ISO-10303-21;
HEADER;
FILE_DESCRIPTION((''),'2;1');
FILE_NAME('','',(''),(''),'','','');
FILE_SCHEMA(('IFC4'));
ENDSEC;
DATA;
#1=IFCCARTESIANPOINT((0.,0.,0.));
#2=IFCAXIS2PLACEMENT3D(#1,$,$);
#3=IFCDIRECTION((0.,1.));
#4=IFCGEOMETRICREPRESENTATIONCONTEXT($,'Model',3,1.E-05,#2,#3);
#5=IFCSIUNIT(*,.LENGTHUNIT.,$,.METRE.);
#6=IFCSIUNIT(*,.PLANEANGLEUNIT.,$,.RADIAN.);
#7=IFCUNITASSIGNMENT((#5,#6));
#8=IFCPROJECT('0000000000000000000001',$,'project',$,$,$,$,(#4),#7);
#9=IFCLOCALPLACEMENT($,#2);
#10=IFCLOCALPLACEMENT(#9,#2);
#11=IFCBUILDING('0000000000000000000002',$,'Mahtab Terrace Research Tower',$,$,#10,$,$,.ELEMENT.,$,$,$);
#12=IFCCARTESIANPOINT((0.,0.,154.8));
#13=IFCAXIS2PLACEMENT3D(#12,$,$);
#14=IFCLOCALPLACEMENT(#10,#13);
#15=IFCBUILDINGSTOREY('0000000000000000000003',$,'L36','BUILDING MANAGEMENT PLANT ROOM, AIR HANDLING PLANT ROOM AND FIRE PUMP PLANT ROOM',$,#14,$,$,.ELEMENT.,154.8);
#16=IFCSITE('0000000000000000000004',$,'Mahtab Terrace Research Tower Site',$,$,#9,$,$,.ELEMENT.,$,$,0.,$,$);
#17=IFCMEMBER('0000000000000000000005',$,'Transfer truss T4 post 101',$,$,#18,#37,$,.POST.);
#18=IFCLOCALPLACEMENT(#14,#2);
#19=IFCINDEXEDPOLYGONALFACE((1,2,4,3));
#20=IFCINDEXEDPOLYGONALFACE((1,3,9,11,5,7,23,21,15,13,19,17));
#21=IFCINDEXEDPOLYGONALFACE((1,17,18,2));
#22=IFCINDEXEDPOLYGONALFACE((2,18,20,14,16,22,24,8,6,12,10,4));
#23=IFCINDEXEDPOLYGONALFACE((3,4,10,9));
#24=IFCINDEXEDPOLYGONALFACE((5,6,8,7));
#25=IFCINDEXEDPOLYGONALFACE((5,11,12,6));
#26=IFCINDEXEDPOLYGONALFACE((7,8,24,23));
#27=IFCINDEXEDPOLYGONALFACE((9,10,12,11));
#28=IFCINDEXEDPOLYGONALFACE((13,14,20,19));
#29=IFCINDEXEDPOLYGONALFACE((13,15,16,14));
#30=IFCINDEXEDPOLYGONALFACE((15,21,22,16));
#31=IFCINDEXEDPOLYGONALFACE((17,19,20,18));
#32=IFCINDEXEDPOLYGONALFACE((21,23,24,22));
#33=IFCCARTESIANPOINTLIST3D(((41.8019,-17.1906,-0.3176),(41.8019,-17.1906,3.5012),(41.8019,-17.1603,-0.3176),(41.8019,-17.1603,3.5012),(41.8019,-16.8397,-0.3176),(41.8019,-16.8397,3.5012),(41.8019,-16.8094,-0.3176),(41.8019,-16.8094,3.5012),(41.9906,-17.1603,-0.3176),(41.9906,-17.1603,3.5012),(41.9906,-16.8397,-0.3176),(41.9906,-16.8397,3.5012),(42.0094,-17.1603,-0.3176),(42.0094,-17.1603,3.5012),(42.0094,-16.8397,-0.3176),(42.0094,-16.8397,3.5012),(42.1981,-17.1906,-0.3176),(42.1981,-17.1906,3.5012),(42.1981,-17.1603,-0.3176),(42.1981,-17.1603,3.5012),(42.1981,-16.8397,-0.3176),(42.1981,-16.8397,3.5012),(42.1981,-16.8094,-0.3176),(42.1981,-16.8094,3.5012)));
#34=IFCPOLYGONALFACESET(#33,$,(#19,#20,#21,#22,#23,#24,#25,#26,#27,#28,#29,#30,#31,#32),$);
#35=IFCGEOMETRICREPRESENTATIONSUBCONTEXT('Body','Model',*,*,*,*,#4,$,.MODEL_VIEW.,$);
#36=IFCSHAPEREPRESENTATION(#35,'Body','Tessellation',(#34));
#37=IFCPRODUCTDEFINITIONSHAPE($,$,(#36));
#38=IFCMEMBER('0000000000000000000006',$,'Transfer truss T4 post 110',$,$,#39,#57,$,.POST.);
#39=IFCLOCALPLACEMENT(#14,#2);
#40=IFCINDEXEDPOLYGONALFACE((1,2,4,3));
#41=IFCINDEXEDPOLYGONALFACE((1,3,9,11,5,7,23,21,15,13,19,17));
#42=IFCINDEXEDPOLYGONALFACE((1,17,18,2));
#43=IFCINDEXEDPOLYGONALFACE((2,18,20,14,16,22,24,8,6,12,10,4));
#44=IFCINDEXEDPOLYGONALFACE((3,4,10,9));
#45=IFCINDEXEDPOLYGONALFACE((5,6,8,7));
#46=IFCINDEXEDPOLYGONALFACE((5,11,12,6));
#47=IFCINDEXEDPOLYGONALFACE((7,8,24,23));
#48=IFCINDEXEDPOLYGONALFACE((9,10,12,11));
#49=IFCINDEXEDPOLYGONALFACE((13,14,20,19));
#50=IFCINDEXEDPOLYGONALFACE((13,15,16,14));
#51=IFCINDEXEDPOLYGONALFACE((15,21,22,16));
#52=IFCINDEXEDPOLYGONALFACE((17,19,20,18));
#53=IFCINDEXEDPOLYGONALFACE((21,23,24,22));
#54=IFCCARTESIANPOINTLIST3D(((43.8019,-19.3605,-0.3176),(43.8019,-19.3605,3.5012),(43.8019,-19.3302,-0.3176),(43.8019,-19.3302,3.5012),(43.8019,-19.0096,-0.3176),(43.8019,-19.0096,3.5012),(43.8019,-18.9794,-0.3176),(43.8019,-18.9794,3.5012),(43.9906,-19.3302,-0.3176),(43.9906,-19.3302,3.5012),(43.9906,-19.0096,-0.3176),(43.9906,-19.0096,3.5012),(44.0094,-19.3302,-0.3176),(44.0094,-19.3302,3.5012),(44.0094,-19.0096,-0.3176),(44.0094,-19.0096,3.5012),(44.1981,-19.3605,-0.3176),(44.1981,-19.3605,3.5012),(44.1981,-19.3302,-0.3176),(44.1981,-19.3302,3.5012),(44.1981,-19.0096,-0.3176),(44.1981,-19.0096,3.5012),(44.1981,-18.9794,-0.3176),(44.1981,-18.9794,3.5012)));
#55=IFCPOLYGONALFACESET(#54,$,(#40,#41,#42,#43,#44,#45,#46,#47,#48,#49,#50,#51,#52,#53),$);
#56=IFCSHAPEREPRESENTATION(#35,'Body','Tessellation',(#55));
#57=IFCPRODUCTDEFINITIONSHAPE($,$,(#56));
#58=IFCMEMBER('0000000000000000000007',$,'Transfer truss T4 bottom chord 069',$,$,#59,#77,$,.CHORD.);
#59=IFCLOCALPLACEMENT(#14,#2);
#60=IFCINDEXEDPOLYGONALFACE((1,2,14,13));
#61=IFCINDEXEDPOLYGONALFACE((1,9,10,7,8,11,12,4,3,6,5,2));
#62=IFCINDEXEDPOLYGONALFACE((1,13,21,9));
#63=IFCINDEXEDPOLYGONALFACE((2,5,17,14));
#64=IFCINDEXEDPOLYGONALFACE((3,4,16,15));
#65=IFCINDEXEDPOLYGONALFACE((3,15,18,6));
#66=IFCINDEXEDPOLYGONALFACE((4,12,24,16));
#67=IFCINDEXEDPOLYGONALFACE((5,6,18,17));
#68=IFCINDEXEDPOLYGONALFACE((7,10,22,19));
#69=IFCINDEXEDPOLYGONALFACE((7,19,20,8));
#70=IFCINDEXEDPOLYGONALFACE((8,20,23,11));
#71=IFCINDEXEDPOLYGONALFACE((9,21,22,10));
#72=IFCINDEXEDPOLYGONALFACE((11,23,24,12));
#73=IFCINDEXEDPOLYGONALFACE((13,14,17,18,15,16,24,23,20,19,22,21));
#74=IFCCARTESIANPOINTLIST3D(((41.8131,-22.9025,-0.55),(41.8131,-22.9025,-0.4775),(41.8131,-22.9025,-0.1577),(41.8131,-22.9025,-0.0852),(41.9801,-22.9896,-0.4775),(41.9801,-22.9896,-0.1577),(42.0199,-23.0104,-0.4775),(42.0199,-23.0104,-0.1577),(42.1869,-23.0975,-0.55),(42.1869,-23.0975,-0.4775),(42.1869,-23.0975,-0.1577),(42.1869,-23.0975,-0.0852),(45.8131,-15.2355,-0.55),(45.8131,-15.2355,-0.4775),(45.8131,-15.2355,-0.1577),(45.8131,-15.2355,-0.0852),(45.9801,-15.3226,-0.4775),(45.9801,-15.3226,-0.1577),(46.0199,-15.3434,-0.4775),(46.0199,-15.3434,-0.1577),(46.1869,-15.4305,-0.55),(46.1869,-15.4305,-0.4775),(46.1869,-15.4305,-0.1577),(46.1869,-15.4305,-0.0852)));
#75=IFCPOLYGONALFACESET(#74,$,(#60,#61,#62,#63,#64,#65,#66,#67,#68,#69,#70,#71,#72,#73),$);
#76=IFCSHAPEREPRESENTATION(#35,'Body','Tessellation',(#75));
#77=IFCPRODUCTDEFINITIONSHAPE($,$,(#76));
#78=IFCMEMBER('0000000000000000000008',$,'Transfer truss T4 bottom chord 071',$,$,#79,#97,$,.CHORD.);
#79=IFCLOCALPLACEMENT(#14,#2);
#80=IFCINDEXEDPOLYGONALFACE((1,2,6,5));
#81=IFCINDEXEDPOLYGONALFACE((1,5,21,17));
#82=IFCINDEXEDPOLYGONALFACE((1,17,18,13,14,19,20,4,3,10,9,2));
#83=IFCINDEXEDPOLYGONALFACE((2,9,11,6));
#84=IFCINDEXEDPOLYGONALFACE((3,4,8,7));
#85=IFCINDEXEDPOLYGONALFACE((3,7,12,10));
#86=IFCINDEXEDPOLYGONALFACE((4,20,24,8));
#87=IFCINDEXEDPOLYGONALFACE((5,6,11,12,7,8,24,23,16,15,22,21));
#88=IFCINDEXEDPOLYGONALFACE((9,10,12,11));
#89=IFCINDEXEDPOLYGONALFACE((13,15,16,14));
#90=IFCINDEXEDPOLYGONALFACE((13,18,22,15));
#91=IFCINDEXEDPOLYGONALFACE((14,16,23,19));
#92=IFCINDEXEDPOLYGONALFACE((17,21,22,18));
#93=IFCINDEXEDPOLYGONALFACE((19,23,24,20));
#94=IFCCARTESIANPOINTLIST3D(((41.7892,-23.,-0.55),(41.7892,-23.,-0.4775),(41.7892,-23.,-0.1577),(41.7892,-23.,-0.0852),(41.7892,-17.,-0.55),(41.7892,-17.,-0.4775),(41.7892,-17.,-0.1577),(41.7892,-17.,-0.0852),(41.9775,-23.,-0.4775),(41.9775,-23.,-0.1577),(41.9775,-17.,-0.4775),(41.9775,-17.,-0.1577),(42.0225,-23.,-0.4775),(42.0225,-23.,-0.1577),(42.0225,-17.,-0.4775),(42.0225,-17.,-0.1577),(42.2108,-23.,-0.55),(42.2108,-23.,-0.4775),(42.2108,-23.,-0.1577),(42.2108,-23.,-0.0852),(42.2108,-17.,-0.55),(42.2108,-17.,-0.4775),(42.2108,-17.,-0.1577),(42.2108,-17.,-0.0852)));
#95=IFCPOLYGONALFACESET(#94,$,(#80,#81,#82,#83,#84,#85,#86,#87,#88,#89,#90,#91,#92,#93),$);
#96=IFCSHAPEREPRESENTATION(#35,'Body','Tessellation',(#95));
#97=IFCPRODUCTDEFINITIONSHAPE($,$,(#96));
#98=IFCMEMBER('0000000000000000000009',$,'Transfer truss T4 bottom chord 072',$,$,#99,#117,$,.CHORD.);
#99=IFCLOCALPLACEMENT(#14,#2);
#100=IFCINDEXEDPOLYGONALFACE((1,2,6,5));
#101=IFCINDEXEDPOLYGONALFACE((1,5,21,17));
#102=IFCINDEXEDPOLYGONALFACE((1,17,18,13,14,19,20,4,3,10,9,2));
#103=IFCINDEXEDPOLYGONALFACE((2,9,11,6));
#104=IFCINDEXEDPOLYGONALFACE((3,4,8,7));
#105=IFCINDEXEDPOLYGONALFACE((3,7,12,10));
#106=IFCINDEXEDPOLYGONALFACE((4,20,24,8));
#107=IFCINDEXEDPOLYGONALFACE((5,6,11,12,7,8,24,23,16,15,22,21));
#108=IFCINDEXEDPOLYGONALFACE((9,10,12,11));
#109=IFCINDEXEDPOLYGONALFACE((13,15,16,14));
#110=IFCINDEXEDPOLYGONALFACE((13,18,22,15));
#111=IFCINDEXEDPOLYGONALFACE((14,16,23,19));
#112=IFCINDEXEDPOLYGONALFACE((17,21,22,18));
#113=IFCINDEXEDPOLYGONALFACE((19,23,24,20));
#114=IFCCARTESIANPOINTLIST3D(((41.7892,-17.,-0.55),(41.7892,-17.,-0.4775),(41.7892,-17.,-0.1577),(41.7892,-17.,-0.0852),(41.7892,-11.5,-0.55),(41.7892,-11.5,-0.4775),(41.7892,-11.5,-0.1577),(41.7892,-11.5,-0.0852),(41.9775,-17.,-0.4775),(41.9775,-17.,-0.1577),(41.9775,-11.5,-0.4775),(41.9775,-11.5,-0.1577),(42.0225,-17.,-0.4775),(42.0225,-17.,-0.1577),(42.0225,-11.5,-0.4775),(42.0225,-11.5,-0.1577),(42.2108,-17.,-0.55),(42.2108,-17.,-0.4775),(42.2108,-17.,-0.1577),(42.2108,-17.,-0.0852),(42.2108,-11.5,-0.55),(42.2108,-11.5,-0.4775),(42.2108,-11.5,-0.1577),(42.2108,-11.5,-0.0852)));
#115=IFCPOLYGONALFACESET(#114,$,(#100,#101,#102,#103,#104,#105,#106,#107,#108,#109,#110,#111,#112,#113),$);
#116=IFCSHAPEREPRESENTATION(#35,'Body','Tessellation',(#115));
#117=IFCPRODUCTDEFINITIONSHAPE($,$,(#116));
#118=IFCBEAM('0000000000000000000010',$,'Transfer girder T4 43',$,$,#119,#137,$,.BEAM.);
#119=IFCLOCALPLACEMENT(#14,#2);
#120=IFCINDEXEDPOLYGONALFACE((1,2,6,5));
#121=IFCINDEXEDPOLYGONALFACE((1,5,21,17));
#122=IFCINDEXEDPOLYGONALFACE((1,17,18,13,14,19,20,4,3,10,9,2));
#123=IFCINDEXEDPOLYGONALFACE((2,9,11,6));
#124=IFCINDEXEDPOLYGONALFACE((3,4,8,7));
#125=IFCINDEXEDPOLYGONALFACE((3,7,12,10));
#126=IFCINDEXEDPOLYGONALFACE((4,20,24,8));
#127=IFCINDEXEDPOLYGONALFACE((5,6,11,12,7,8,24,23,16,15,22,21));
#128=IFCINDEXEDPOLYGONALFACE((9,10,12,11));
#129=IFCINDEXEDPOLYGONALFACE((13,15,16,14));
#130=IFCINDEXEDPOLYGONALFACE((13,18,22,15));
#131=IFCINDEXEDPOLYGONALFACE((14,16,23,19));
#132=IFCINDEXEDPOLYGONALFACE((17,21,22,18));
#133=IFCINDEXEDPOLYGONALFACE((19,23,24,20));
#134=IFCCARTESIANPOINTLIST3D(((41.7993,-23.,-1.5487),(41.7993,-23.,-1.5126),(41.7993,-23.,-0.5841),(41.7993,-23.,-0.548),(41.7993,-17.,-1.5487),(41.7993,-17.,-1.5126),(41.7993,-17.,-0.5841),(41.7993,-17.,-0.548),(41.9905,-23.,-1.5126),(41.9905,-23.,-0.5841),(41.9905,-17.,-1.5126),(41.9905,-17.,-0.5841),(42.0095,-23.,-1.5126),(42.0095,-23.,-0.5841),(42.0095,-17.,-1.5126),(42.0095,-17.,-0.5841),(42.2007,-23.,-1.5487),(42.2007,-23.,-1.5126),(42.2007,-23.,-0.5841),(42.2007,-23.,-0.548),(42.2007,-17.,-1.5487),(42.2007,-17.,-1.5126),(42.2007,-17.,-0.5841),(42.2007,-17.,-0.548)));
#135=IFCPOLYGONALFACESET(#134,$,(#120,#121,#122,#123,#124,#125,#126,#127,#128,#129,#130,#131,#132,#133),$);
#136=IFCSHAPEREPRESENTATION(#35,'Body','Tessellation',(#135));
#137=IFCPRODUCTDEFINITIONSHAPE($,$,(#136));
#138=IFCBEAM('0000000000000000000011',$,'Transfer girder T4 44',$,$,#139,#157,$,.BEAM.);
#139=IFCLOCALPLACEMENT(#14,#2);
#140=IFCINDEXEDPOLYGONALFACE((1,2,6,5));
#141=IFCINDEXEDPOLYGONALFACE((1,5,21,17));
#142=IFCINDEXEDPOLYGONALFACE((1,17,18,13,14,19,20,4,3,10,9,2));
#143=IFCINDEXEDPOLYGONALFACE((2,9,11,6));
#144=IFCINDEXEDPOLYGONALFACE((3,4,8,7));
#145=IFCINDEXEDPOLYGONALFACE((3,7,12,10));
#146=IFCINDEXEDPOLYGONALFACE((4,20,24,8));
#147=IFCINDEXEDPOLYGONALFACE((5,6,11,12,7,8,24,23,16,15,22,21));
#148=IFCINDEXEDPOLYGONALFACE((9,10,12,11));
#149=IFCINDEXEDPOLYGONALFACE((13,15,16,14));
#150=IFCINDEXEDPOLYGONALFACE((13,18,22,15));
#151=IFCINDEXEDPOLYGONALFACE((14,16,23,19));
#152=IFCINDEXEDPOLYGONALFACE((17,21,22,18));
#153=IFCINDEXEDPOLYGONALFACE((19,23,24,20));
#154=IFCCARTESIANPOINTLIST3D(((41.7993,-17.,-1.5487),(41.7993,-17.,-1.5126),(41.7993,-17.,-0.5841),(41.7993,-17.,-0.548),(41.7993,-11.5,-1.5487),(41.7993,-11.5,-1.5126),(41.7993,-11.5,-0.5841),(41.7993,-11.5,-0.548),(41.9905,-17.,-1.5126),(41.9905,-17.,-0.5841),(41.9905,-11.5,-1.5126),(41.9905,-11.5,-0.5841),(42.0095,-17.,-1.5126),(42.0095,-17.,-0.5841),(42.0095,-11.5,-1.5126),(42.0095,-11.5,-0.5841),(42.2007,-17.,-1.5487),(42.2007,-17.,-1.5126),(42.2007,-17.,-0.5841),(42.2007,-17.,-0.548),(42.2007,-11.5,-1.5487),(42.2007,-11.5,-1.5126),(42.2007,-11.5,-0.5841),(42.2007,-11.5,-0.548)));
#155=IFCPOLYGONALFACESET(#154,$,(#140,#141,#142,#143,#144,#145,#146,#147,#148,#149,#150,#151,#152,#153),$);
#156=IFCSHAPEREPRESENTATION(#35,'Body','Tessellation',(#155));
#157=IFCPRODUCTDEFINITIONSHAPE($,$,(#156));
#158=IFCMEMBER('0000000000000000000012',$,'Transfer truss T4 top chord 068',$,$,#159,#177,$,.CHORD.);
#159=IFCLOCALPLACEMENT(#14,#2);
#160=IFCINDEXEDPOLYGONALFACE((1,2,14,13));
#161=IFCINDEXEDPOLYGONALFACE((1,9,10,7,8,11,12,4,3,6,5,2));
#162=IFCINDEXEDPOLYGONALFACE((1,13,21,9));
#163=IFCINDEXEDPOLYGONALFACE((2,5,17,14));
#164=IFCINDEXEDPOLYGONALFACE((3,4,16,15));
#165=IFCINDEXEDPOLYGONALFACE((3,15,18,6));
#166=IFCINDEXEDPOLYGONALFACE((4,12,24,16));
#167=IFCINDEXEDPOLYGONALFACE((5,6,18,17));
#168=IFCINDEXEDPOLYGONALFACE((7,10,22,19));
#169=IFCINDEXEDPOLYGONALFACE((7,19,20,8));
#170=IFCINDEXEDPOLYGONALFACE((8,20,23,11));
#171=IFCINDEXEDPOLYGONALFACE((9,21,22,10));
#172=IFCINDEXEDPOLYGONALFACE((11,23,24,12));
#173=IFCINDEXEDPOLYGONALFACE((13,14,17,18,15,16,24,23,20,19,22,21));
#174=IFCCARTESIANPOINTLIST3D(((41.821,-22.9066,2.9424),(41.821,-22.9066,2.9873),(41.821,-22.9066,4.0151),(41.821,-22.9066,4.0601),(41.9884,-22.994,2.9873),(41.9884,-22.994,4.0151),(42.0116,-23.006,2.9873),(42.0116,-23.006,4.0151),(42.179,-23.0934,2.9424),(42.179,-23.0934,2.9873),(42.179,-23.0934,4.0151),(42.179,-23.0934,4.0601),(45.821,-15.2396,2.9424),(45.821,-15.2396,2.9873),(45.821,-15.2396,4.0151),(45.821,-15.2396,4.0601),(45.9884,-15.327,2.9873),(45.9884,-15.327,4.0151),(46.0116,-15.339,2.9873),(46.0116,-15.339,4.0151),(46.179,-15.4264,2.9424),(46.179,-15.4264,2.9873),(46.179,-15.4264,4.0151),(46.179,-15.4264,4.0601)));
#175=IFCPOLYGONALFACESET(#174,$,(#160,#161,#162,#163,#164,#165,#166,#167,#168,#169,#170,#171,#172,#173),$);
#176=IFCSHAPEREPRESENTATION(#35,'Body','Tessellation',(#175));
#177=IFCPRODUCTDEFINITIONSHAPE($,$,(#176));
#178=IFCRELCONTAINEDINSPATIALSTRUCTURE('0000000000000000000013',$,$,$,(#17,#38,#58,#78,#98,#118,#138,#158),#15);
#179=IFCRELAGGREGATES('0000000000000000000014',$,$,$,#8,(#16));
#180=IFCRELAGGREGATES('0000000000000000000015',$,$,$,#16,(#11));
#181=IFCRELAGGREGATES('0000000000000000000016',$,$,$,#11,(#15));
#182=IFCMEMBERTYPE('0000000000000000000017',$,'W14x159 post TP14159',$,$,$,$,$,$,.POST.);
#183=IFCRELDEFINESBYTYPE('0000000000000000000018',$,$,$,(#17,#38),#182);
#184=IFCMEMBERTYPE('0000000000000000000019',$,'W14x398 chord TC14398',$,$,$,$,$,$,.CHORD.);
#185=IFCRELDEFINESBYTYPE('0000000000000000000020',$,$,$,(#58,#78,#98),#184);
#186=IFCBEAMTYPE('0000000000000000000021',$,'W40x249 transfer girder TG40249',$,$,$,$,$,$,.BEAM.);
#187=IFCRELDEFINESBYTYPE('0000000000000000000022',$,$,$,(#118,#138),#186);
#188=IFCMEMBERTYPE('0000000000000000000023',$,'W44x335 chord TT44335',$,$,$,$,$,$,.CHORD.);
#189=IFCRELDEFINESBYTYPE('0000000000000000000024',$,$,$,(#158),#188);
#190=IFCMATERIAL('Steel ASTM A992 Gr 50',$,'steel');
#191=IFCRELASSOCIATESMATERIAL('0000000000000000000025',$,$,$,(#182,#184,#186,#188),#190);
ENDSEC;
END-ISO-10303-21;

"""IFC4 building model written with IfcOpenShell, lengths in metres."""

from ifc_helpers import new_model, si_unit, direction, frame, origin, origin_2d, place, context, subcontext, project, spatial, i_section, extrude, material, material_profile, profile_set, type_object, element, save


model = new_model("IFC4")

# Units and contexts
model_context = context("Model", 3, precision=1e-05, world=origin(), true_north=direction((0.0, 1.0)))
body_context = subcontext(model_context, "Body", "Model", "MODEL_VIEW")
ifc_project = project(units=[si_unit("LENGTHUNIT", "METRE"), si_unit("PLANEANGLEUNIT", "RADIAN")], contexts=[model_context])

# Site, building, storey
site_placement = place(None, origin())
site = spatial("IfcSite", under=ifc_project, at=site_placement, Name="Mahtab Terrace Research Tower Site", CompositionType="ELEMENT", RefElevation=0.0)
building_placement = place(site_placement, origin())
building = spatial("IfcBuilding", under=site, at=building_placement, Name="Mahtab Terrace Research Tower", CompositionType="ELEMENT")
storey_placement = place(building_placement, frame((0.0, 0.0, 154.8)))
storey = spatial("IfcBuildingStorey", under=building, at=storey_placement, Name="L36", Description="BUILDING MANAGEMENT PLANT ROOM, AIR HANDLING PLANT ROOM AND FIRE PUMP PLANT ROOM", CompositionType="ELEMENT", Elevation=154.8)

# Members
ifc_material_1 = material(Name="Steel ASTM A992 Gr 50", Category="steel")
ifc_material_profile_1 = material_profile(ifc_material_1, i_section(OverallWidth=0.3962, OverallDepth=0.3811, WebThickness=0.0188, FlangeThickness=0.0303, at=origin_2d()), Name="W14X159")
ifc_profile_set_1 = profile_set([ifc_material_profile_1], Name="Steel ASTM A992 Gr 50")
member_type_1 = type_object("IfcMemberType", Name="W14x159 post TP14159", PredefinedType="POST", material=ifc_profile_set_1)
for number, where, z_axis, x_axis, name in (
    (1, (42.0, -17.0, -0.3176), (0.0, 0.0, 1.0), (1.0, 0.0, 0.0), "Transfer truss T4 post 101"),
    (2, (44.0, -19.1699, -0.3176), (0.0, 0.0, 1.0), (1.0, 0.0, 0.0), "Transfer truss T4 post 110"),
):
    element("IfcMember", number, at=place(storey_placement, frame(where, z_axis=z_axis, x_axis=x_axis)), inside=storey, type_object=member_type_1, Name=name, PredefinedType="POST", context=body_context, shape_type="SweptSolid", body=[
        extrude(i_section(OverallWidth=0.3962, OverallDepth=0.3811, WebThickness=0.0188, FlangeThickness=0.0303, at=origin_2d()), origin(), (0.0, 0.0, 1.0), 3.8188),
    ])
ifc_material_profile_2 = material_profile(ifc_material_1, i_section(OverallWidth=0.4216, OverallDepth=0.4648, WebThickness=0.0449, FlangeThickness=0.0725, at=origin_2d()), Name="W14X398")
ifc_profile_set_2 = profile_set([ifc_material_profile_2], Name="Steel ASTM A992 Gr 50")
member_type_2 = type_object("IfcMemberType", Name="W14x398 chord TC14398", PredefinedType="CHORD", material=ifc_profile_set_2)
member_1_placement = place(storey_placement, frame((42.0, -23.0, -0.3176), z_axis=(0.462551, 0.886593, 0.0), x_axis=(-0.886593, 0.462551, 0.0)))
element("IfcMember", 3, at=member_1_placement, inside=storey, type_object=member_type_2, Name="Transfer truss T4 bottom chord 069", PredefinedType="CHORD", context=body_context, shape_type="SweptSolid", body=[
    extrude(i_section(OverallWidth=0.4216, OverallDepth=0.4648, WebThickness=0.0449, FlangeThickness=0.0725, at=origin_2d()), origin(), (0.0, 0.0, 1.0), 8.6477),
])
member_2_placement = place(storey_placement, frame((42.0, -23.0, -0.3176), z_axis=(0.0, 1.0, 0.0), x_axis=(-1.0, 0.0, 0.0)))
element("IfcMember", 4, at=member_2_placement, inside=storey, type_object=member_type_2, Name="Transfer truss T4 bottom chord 071", PredefinedType="CHORD", context=body_context, shape_type="SweptSolid", body=[
    extrude(i_section(OverallWidth=0.4216, OverallDepth=0.4648, WebThickness=0.0449, FlangeThickness=0.0725, at=origin_2d()), origin(), (0.0, 0.0, 1.0), 6.0),
])
member_3_placement = place(storey_placement, frame((42.0, -17.0, -0.3176), z_axis=(0.0, 1.0, 0.0), x_axis=(-1.0, 0.0, 0.0)))
element("IfcMember", 5, at=member_3_placement, inside=storey, type_object=member_type_2, Name="Transfer truss T4 bottom chord 072", PredefinedType="CHORD", context=body_context, shape_type="SweptSolid", body=[
    extrude(i_section(OverallWidth=0.4216, OverallDepth=0.4648, WebThickness=0.0449, FlangeThickness=0.0725, at=origin_2d()), origin(), (0.0, 0.0, 1.0), 5.5),
])

# Beams
ifc_material_profile_3 = material_profile(ifc_material_1, i_section(OverallWidth=0.4014, OverallDepth=1.0007, WebThickness=0.019, FlangeThickness=0.0361, at=origin_2d()), Name="W40X249")
ifc_profile_set_3 = profile_set([ifc_material_profile_3], Name="Steel ASTM A992 Gr 50")
beam_type = type_object("IfcBeamType", Name="W40x249 transfer girder TG40249", PredefinedType="BEAM", material=ifc_profile_set_3)
beam_1_placement = place(storey_placement, frame((42.0, -23.0, -1.0483), z_axis=(0.0, 1.0, 0.0), x_axis=(-1.0, 0.0, 0.0)))
element("IfcBeam", 6, at=beam_1_placement, inside=storey, type_object=beam_type, Name="Transfer girder T4 43", PredefinedType="BEAM", context=body_context, shape_type="SweptSolid", body=[
    extrude(i_section(OverallWidth=0.4014, OverallDepth=1.0007, WebThickness=0.019, FlangeThickness=0.0361, at=origin_2d()), origin(), (0.0, 0.0, 1.0), 6.0),
])
beam_2_placement = place(storey_placement, frame((42.0, -17.0, -1.0483), z_axis=(0.0, 1.0, 0.0), x_axis=(-1.0, 0.0, 0.0)))
element("IfcBeam", 7, at=beam_2_placement, inside=storey, type_object=beam_type, Name="Transfer girder T4 44", PredefinedType="BEAM", context=body_context, shape_type="SweptSolid", body=[
    extrude(i_section(OverallWidth=0.4014, OverallDepth=1.0007, WebThickness=0.019, FlangeThickness=0.0361, at=origin_2d()), origin(), (0.0, 0.0, 1.0), 5.5),
])

# Member
ifc_material_profile_4 = material_profile(ifc_material_1, i_section(OverallWidth=0.4038, OverallDepth=1.1177, WebThickness=0.0261, FlangeThickness=0.0449, at=origin_2d()), Name="W44X335")
ifc_profile_set_4 = profile_set([ifc_material_profile_4], Name="Steel ASTM A992 Gr 50")
member_type_3 = type_object("IfcMemberType", Name="W44x335 chord TT44335", PredefinedType="CHORD", material=ifc_profile_set_4)
member_4_placement = place(storey_placement, frame((42.0, -23.0, 3.5012), z_axis=(0.462551, 0.886593, 0.0), x_axis=(-0.886593, 0.462551, 0.0)))
element("IfcMember", 8, at=member_4_placement, inside=storey, type_object=member_type_3, Name="Transfer truss T4 top chord 068", PredefinedType="CHORD", context=body_context, shape_type="SweptSolid", body=[
    extrude(i_section(OverallWidth=0.4038, OverallDepth=1.1177, WebThickness=0.0261, FlangeThickness=0.0449, at=origin_2d()), origin(), (0.0, 0.0, 1.0), 8.6477),
])

save(model, "model.ifc")
